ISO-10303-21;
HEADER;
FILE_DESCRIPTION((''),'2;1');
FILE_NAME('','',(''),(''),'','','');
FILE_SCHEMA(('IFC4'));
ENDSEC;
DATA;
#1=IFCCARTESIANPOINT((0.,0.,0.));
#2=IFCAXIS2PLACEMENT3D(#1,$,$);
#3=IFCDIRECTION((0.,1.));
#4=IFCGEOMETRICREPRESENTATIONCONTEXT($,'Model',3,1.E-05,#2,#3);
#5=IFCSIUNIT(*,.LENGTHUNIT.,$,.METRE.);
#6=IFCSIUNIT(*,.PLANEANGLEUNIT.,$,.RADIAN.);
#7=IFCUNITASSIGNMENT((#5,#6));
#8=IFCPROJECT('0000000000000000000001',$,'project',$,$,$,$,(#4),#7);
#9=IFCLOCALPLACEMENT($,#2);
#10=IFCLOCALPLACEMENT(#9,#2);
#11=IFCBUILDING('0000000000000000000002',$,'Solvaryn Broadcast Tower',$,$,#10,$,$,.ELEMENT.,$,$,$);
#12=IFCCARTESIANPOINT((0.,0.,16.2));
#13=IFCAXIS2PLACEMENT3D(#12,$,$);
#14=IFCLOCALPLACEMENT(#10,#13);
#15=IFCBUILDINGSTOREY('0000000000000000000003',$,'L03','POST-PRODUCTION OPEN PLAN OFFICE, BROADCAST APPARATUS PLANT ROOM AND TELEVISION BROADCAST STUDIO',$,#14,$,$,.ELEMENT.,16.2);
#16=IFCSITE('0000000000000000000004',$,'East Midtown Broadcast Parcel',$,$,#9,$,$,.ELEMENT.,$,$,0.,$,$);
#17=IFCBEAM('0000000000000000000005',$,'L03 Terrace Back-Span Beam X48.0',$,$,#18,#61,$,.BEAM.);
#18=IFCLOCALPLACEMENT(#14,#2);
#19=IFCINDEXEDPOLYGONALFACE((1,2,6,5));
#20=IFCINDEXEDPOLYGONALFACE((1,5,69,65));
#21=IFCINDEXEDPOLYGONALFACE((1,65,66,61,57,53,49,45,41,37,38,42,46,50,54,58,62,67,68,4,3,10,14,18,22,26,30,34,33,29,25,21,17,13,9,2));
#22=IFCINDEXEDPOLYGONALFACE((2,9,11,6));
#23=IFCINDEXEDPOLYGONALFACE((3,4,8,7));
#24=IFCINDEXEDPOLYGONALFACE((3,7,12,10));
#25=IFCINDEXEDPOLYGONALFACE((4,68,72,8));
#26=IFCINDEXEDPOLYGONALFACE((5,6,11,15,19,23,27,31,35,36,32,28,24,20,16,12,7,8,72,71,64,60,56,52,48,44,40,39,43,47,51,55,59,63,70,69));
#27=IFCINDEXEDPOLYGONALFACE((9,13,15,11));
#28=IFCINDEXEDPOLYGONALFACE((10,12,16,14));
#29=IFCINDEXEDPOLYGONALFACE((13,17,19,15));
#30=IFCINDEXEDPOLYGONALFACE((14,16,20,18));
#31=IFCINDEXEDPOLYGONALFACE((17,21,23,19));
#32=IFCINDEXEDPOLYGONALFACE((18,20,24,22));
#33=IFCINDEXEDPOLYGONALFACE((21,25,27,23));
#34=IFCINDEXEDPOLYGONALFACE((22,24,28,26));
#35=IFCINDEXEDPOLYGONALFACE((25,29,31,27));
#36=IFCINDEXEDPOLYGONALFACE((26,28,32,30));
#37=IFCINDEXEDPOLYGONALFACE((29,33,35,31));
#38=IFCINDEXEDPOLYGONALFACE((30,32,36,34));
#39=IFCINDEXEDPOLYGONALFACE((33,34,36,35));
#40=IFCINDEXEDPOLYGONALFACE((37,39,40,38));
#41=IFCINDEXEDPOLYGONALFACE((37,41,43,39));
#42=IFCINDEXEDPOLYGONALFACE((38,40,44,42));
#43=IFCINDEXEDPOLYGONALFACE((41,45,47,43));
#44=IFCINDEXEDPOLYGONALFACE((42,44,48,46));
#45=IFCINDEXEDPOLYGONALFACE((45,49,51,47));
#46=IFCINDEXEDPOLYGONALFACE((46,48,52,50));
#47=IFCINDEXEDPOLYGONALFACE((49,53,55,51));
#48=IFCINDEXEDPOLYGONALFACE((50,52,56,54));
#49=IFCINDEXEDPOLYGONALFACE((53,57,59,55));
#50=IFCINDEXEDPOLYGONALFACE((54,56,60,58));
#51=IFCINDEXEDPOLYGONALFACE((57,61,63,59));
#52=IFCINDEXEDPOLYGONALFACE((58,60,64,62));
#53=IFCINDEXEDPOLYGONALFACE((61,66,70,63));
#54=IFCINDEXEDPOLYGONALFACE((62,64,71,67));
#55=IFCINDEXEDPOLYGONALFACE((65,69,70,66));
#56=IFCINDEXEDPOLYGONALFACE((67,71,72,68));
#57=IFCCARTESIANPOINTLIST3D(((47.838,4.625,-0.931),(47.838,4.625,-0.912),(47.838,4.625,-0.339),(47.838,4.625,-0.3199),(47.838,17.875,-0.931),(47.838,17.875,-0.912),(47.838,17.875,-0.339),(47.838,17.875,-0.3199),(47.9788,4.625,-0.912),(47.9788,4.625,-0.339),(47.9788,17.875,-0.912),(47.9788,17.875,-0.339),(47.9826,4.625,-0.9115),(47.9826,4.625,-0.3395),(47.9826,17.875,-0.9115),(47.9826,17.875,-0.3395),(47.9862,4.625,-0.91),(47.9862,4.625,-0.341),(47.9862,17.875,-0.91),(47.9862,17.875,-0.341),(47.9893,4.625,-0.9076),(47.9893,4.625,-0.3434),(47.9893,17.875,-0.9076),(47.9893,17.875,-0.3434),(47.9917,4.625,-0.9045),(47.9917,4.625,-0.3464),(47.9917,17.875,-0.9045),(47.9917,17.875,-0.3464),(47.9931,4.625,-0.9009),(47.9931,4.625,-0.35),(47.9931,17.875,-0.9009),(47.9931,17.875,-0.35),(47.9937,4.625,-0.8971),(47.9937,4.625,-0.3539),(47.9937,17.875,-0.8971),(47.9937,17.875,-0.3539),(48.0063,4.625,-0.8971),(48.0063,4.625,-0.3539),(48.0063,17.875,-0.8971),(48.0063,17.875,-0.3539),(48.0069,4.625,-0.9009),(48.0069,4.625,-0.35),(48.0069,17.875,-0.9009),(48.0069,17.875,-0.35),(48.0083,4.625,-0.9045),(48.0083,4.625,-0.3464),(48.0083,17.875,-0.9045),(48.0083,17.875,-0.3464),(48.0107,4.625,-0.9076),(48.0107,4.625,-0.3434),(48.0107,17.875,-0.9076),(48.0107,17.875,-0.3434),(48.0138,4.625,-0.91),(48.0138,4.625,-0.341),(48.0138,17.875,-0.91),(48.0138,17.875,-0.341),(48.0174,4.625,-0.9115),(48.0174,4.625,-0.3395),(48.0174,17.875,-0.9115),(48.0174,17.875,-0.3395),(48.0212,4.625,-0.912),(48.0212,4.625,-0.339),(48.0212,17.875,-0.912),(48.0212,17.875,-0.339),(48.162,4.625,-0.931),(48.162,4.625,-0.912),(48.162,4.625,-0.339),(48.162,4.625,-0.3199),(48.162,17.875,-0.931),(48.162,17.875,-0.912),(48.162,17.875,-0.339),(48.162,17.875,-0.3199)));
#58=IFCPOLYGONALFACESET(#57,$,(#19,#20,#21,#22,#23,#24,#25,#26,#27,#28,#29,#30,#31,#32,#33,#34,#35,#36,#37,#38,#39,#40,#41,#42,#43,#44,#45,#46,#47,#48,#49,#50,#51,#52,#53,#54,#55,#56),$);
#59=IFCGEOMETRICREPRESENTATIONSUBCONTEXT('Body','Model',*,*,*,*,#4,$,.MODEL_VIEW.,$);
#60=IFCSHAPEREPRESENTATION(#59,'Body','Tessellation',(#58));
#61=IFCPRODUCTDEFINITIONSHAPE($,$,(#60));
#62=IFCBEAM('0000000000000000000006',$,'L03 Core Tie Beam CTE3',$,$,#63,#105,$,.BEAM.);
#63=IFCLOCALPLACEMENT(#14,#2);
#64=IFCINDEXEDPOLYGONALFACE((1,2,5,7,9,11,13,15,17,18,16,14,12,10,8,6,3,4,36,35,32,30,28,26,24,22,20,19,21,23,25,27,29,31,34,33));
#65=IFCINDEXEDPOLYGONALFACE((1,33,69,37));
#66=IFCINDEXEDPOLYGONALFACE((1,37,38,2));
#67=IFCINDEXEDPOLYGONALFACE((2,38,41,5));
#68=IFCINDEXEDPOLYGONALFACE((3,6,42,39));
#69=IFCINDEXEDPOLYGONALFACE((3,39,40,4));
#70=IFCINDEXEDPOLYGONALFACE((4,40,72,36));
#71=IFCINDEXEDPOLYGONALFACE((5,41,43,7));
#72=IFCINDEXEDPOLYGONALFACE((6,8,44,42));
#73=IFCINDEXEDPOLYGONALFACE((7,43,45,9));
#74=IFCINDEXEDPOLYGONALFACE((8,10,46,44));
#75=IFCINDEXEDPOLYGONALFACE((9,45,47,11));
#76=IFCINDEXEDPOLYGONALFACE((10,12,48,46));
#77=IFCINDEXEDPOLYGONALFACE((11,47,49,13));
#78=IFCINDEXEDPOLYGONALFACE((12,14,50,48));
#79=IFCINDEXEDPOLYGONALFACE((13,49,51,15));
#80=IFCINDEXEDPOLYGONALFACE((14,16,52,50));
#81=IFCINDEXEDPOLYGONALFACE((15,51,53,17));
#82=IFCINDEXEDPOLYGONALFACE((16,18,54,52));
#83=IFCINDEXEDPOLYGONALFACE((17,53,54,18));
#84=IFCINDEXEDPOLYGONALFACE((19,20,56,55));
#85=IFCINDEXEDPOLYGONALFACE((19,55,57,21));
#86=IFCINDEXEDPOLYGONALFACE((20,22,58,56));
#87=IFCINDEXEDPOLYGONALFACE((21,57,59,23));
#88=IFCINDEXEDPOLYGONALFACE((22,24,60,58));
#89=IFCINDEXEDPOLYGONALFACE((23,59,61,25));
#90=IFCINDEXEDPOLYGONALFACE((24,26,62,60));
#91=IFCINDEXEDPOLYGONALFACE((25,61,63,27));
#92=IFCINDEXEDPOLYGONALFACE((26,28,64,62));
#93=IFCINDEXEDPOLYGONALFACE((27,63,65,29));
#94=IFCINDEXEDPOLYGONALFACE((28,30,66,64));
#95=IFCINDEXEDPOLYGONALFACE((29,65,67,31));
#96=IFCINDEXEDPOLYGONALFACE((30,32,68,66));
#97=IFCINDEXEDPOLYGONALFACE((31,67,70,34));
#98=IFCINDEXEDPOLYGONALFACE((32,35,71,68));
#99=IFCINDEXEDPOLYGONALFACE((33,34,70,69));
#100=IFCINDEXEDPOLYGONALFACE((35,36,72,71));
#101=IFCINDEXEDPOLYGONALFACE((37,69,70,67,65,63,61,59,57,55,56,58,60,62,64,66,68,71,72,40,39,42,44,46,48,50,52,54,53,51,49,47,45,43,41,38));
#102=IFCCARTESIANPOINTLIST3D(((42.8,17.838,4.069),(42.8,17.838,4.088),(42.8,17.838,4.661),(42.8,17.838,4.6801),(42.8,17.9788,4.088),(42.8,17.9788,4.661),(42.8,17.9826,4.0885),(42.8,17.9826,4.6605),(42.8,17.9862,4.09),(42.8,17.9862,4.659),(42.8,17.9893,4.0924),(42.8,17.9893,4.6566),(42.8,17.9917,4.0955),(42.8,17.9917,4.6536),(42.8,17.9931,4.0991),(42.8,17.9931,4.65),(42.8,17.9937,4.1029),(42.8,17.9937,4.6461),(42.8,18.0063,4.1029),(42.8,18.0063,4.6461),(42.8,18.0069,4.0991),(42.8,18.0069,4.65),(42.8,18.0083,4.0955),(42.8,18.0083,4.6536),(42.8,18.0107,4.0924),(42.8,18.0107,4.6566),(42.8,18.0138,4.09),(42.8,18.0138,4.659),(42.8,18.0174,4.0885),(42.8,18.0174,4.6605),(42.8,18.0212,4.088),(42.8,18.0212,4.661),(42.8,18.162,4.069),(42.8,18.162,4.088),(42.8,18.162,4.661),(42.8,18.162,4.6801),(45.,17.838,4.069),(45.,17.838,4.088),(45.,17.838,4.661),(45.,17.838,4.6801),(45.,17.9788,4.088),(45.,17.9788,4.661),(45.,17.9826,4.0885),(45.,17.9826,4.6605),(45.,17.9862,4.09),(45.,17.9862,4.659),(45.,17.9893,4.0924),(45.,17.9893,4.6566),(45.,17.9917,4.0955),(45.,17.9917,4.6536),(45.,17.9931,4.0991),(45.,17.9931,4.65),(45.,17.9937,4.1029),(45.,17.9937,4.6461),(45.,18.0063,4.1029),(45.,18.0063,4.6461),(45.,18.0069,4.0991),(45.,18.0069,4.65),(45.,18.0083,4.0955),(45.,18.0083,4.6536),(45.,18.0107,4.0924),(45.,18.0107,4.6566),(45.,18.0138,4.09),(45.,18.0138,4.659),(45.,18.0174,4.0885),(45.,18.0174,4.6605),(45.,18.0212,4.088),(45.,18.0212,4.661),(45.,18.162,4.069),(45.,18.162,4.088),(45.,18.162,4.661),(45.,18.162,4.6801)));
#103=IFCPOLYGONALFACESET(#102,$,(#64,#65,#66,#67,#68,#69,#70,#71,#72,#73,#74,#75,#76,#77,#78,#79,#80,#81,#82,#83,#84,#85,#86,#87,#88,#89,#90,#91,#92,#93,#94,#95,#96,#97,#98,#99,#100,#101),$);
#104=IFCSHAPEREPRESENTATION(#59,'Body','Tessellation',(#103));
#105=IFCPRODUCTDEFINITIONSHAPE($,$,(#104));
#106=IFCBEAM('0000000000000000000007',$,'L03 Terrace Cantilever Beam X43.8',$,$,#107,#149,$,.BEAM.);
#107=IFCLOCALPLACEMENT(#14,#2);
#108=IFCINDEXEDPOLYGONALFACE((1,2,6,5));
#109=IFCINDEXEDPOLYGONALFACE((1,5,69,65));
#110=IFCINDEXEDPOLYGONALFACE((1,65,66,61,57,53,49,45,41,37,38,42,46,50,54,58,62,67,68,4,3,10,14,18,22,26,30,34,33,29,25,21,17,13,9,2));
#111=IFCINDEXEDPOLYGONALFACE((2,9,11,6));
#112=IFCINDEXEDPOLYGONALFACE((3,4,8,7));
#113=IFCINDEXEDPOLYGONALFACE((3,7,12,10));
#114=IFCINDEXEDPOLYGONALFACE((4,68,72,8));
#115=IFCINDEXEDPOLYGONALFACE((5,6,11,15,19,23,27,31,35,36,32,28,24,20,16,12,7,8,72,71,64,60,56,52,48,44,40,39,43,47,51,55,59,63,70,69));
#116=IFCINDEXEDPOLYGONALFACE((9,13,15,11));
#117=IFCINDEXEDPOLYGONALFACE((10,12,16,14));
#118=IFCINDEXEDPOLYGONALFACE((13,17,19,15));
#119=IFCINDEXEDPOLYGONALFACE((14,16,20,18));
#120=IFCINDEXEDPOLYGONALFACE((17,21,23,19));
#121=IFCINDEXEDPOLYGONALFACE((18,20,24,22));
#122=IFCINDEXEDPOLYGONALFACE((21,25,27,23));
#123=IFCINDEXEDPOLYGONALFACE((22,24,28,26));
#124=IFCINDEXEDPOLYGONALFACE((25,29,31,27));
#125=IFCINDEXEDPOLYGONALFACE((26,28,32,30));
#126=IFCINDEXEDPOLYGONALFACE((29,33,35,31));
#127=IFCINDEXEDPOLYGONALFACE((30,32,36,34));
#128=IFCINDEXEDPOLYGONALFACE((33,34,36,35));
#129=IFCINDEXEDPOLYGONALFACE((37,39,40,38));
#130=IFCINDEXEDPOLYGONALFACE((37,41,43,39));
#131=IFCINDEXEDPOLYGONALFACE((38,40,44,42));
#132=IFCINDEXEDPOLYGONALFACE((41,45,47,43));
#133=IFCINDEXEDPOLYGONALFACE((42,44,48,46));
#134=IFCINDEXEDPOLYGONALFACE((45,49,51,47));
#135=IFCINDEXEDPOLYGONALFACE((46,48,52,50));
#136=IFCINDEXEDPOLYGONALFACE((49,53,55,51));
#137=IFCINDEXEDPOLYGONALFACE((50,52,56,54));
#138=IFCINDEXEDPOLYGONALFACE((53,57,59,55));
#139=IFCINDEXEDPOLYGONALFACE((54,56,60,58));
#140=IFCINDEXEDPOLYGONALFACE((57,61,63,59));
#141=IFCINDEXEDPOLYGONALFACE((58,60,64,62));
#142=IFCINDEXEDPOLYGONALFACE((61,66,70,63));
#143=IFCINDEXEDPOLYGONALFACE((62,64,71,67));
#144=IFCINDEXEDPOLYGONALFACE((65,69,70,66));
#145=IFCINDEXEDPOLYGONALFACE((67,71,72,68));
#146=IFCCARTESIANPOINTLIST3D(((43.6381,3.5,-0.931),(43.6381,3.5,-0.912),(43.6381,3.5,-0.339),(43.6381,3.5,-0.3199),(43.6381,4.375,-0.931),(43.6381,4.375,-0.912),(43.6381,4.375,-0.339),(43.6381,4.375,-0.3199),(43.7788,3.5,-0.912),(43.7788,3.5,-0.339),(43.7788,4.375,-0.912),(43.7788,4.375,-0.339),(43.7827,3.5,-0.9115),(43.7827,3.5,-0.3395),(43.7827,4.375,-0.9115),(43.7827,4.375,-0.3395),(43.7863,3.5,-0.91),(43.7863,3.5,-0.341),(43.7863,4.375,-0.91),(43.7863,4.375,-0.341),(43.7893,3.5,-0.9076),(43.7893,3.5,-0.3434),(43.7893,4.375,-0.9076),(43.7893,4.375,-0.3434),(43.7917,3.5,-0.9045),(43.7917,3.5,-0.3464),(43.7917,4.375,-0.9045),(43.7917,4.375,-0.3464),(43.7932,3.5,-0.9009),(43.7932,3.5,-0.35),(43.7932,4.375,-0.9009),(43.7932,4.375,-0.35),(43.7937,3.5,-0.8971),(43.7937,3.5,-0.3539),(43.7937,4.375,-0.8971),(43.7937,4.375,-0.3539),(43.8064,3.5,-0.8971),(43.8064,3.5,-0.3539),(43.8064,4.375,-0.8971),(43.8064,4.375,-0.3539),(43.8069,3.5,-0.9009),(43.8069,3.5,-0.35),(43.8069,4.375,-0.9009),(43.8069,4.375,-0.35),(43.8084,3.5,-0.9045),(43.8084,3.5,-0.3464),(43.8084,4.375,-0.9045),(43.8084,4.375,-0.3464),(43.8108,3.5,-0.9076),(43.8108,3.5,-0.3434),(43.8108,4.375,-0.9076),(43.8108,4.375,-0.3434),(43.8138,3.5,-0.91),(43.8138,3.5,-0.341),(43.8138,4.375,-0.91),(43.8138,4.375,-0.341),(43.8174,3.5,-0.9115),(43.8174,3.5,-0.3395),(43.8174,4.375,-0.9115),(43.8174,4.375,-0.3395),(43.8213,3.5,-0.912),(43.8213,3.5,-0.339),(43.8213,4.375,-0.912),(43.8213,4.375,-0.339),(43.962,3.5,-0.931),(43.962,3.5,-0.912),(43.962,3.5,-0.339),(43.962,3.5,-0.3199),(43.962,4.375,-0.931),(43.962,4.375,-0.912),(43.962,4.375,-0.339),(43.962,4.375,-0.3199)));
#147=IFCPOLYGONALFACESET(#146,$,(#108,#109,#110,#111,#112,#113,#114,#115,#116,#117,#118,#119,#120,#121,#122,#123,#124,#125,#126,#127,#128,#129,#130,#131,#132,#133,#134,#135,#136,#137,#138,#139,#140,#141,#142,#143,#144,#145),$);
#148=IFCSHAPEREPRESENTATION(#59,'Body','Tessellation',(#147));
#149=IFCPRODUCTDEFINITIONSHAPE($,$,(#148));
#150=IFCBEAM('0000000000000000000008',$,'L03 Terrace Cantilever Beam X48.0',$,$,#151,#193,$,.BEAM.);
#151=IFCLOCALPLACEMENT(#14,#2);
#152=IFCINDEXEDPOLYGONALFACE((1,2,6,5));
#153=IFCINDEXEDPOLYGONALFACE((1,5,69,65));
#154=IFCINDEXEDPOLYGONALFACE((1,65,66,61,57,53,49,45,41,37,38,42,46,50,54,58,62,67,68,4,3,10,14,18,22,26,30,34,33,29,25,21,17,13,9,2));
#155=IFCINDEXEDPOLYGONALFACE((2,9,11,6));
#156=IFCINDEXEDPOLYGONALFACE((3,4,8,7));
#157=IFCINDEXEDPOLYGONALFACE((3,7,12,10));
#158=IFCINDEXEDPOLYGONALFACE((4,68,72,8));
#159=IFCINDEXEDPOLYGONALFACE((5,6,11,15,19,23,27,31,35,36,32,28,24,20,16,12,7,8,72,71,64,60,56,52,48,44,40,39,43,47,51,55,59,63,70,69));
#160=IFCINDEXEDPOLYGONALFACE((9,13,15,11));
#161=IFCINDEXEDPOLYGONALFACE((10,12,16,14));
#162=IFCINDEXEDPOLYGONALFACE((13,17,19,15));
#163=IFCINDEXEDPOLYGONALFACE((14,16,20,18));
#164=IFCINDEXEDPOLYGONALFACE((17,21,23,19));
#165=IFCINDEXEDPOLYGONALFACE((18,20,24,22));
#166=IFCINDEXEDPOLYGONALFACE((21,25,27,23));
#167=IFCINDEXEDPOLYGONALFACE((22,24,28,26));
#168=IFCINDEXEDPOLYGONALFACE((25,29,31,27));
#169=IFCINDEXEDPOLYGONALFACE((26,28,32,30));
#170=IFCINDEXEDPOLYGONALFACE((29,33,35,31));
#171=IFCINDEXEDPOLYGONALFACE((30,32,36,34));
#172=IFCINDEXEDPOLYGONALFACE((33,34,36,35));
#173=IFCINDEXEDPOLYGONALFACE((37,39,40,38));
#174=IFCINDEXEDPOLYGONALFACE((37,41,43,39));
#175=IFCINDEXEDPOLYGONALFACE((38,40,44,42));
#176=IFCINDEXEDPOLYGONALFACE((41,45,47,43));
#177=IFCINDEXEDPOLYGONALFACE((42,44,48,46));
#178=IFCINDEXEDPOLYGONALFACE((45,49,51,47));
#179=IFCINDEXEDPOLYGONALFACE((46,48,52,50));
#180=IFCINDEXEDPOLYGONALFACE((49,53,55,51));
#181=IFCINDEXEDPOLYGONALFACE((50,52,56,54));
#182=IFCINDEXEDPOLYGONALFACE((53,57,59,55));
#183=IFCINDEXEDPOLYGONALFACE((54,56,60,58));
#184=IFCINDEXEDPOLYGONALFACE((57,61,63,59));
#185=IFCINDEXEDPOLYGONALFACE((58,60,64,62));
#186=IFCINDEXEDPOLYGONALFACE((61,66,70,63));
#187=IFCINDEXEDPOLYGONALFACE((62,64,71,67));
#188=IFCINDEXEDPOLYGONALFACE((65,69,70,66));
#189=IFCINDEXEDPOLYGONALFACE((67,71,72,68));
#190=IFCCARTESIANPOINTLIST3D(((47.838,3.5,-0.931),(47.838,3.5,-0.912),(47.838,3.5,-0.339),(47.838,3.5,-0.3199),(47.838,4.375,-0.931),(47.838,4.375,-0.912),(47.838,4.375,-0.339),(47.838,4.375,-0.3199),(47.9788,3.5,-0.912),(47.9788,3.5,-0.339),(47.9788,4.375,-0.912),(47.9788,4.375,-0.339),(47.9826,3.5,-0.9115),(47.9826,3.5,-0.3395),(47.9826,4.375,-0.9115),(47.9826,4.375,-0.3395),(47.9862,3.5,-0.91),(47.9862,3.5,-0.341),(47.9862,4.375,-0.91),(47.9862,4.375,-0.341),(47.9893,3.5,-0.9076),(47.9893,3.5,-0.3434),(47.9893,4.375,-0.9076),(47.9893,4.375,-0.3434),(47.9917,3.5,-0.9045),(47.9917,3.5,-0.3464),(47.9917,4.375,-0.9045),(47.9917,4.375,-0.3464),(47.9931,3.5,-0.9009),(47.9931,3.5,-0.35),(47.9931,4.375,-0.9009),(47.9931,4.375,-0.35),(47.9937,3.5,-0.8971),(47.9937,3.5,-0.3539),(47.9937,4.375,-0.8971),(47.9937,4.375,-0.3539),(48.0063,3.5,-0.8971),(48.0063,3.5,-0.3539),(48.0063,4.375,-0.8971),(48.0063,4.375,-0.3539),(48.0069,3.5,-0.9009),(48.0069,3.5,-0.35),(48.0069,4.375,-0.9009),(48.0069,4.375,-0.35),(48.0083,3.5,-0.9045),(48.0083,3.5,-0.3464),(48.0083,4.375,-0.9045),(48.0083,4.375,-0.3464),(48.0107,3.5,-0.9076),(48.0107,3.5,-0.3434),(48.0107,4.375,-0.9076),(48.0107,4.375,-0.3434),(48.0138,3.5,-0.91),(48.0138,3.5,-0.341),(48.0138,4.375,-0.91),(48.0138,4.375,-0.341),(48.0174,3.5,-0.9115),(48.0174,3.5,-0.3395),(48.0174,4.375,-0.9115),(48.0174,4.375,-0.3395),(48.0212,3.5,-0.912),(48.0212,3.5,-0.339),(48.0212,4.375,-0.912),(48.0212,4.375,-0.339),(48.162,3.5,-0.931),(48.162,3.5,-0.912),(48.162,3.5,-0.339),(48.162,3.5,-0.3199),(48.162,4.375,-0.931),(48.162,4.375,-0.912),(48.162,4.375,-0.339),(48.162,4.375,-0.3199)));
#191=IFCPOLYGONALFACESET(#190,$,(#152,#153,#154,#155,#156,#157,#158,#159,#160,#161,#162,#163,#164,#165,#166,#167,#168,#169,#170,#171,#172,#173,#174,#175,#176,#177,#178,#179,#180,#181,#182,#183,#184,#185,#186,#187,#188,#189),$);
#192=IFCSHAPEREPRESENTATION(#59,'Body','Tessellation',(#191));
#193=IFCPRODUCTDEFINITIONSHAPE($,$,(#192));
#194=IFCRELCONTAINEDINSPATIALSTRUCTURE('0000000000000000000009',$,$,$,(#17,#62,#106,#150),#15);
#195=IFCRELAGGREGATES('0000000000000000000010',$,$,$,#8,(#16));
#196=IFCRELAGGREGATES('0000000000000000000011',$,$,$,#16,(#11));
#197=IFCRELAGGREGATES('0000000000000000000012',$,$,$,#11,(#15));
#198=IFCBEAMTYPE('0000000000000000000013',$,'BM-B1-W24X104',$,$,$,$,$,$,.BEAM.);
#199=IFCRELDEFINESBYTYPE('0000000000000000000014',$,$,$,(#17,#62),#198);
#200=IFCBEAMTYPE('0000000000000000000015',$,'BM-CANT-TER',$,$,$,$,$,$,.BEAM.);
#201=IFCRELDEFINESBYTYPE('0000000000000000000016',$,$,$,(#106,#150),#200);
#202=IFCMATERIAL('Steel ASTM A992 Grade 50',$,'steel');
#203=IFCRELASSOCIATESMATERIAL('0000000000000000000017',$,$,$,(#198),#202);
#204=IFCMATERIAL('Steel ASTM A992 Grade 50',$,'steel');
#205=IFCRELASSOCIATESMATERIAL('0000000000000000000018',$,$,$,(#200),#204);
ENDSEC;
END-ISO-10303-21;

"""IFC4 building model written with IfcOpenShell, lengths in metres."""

from ifc_helpers import new_model, si_unit, direction, frame, origin, origin_2d, place, context, subcontext, project, spatial, i_section, extrude, material, material_profile, profile_set, type_object, element, save


model = new_model("IFC4")

# Units and contexts
model_context = context("Model", 3, precision=1e-05, world=origin(), true_north=direction((0.0, 1.0)))
body_context = subcontext(model_context, "Body", "Model", "MODEL_VIEW")
ifc_project = project(units=[si_unit("LENGTHUNIT", "METRE"), si_unit("PLANEANGLEUNIT", "RADIAN")], contexts=[model_context])

# Site, building, storey
site_placement = place(None, origin())
site = spatial("IfcSite", under=ifc_project, at=site_placement, Name="East Midtown Broadcast Parcel", CompositionType="ELEMENT", RefElevation=0.0)
building_placement = place(site_placement, origin())
building = spatial("IfcBuilding", under=site, at=building_placement, Name="Solvaryn Broadcast Tower", CompositionType="ELEMENT")
storey_placement = place(building_placement, frame((0.0, 0.0, 16.2)))
storey = spatial("IfcBuildingStorey", under=building, at=storey_placement, Name="L03", Description="POST-PRODUCTION OPEN PLAN OFFICE, BROADCAST APPARATUS PLANT ROOM AND TELEVISION BROADCAST STUDIO", CompositionType="ELEMENT", Elevation=16.2)

# Beams
ifc_material_1 = material(Name="Steel ASTM A992 Grade 50", Category="steel")
ifc_material_profile_1 = material_profile(ifc_material_1, i_section(OverallWidth=0.324, OverallDepth=0.6111, WebThickness=0.0127, FlangeThickness=0.019, FilletRadius=0.0149, at=origin_2d()))
ifc_profile_set_1 = profile_set([ifc_material_profile_1], Name="Steel ASTM A992 Grade 50")
beam_type_1 = type_object("IfcBeamType", Name="BM-B1-W24X104", PredefinedType="BEAM", material=ifc_profile_set_1)
for number, where, z_axis, x_axis, name in (
    (1, (48.0, 17.875, -0.6255), (0.0, -1.0, 0.0), (1.0, 0.0, 0.0), "L03 Terrace Back-Span Beam X48.0"),
):
    element("IfcBeam", number, at=place(storey_placement, frame(where, z_axis=z_axis, x_axis=x_axis)), inside=storey, type_object=beam_type_1, Name=name, PredefinedType="BEAM", context=body_context, shape_type="SweptSolid", body=[
        extrude(i_section(OverallWidth=0.324, OverallDepth=0.6111, WebThickness=0.0127, FlangeThickness=0.019, FilletRadius=0.0149, at=origin_2d()), origin(), (0.0, 0.0, 1.0), 13.25),
    ])
beam_placement = place(storey_placement, frame((42.8, 18.0, 4.3745), z_axis=(1.0, 0.0, 0.0), x_axis=(0.0, 1.0, 0.0)))
element("IfcBeam", 2, at=beam_placement, inside=storey, type_object=beam_type_1, Name="L03 Core Tie Beam CTE3", PredefinedType="BEAM", context=body_context, shape_type="SweptSolid", body=[
    extrude(i_section(OverallWidth=0.324, OverallDepth=0.6111, WebThickness=0.0127, FlangeThickness=0.019, FilletRadius=0.0149, at=origin_2d()), origin(), (0.0, 0.0, 1.0), 2.2),
])
ifc_material_2 = material(Name="Steel ASTM A992 Grade 50", Category="steel")
ifc_material_profile_2 = material_profile(ifc_material_2, i_section(OverallWidth=0.324, OverallDepth=0.6111, WebThickness=0.0127, FlangeThickness=0.019, FilletRadius=0.0149, at=origin_2d()))
ifc_profile_set_2 = profile_set([ifc_material_profile_2], Name="Steel ASTM A992 Grade 50")
beam_type_2 = type_object("IfcBeamType", Name="BM-CANT-TER", PredefinedType="BEAM", material=ifc_profile_set_2)
for number, where, z_axis, x_axis, name in (
    (3, (43.8, 4.375, -0.6255), (0.0, -1.0, 0.0), (1.0, 0.0, 0.0), "L03 Terrace Cantilever Beam X43.8"),
    (4, (48.0, 4.375, -0.6255), (0.0, -1.0, 0.0), (1.0, 0.0, 0.0), "L03 Terrace Cantilever Beam X48.0"),
):
    element("IfcBeam", number, at=place(storey_placement, frame(where, z_axis=z_axis, x_axis=x_axis)), inside=storey, type_object=beam_type_2, Name=name, PredefinedType="BEAM", context=body_context, shape_type="SweptSolid", body=[
        extrude(i_section(OverallWidth=0.324, OverallDepth=0.6111, WebThickness=0.0127, FlangeThickness=0.019, FilletRadius=0.0149, at=origin_2d()), origin(), (0.0, 0.0, 1.0), 0.875),
    ])

save(model, "model.ifc")
